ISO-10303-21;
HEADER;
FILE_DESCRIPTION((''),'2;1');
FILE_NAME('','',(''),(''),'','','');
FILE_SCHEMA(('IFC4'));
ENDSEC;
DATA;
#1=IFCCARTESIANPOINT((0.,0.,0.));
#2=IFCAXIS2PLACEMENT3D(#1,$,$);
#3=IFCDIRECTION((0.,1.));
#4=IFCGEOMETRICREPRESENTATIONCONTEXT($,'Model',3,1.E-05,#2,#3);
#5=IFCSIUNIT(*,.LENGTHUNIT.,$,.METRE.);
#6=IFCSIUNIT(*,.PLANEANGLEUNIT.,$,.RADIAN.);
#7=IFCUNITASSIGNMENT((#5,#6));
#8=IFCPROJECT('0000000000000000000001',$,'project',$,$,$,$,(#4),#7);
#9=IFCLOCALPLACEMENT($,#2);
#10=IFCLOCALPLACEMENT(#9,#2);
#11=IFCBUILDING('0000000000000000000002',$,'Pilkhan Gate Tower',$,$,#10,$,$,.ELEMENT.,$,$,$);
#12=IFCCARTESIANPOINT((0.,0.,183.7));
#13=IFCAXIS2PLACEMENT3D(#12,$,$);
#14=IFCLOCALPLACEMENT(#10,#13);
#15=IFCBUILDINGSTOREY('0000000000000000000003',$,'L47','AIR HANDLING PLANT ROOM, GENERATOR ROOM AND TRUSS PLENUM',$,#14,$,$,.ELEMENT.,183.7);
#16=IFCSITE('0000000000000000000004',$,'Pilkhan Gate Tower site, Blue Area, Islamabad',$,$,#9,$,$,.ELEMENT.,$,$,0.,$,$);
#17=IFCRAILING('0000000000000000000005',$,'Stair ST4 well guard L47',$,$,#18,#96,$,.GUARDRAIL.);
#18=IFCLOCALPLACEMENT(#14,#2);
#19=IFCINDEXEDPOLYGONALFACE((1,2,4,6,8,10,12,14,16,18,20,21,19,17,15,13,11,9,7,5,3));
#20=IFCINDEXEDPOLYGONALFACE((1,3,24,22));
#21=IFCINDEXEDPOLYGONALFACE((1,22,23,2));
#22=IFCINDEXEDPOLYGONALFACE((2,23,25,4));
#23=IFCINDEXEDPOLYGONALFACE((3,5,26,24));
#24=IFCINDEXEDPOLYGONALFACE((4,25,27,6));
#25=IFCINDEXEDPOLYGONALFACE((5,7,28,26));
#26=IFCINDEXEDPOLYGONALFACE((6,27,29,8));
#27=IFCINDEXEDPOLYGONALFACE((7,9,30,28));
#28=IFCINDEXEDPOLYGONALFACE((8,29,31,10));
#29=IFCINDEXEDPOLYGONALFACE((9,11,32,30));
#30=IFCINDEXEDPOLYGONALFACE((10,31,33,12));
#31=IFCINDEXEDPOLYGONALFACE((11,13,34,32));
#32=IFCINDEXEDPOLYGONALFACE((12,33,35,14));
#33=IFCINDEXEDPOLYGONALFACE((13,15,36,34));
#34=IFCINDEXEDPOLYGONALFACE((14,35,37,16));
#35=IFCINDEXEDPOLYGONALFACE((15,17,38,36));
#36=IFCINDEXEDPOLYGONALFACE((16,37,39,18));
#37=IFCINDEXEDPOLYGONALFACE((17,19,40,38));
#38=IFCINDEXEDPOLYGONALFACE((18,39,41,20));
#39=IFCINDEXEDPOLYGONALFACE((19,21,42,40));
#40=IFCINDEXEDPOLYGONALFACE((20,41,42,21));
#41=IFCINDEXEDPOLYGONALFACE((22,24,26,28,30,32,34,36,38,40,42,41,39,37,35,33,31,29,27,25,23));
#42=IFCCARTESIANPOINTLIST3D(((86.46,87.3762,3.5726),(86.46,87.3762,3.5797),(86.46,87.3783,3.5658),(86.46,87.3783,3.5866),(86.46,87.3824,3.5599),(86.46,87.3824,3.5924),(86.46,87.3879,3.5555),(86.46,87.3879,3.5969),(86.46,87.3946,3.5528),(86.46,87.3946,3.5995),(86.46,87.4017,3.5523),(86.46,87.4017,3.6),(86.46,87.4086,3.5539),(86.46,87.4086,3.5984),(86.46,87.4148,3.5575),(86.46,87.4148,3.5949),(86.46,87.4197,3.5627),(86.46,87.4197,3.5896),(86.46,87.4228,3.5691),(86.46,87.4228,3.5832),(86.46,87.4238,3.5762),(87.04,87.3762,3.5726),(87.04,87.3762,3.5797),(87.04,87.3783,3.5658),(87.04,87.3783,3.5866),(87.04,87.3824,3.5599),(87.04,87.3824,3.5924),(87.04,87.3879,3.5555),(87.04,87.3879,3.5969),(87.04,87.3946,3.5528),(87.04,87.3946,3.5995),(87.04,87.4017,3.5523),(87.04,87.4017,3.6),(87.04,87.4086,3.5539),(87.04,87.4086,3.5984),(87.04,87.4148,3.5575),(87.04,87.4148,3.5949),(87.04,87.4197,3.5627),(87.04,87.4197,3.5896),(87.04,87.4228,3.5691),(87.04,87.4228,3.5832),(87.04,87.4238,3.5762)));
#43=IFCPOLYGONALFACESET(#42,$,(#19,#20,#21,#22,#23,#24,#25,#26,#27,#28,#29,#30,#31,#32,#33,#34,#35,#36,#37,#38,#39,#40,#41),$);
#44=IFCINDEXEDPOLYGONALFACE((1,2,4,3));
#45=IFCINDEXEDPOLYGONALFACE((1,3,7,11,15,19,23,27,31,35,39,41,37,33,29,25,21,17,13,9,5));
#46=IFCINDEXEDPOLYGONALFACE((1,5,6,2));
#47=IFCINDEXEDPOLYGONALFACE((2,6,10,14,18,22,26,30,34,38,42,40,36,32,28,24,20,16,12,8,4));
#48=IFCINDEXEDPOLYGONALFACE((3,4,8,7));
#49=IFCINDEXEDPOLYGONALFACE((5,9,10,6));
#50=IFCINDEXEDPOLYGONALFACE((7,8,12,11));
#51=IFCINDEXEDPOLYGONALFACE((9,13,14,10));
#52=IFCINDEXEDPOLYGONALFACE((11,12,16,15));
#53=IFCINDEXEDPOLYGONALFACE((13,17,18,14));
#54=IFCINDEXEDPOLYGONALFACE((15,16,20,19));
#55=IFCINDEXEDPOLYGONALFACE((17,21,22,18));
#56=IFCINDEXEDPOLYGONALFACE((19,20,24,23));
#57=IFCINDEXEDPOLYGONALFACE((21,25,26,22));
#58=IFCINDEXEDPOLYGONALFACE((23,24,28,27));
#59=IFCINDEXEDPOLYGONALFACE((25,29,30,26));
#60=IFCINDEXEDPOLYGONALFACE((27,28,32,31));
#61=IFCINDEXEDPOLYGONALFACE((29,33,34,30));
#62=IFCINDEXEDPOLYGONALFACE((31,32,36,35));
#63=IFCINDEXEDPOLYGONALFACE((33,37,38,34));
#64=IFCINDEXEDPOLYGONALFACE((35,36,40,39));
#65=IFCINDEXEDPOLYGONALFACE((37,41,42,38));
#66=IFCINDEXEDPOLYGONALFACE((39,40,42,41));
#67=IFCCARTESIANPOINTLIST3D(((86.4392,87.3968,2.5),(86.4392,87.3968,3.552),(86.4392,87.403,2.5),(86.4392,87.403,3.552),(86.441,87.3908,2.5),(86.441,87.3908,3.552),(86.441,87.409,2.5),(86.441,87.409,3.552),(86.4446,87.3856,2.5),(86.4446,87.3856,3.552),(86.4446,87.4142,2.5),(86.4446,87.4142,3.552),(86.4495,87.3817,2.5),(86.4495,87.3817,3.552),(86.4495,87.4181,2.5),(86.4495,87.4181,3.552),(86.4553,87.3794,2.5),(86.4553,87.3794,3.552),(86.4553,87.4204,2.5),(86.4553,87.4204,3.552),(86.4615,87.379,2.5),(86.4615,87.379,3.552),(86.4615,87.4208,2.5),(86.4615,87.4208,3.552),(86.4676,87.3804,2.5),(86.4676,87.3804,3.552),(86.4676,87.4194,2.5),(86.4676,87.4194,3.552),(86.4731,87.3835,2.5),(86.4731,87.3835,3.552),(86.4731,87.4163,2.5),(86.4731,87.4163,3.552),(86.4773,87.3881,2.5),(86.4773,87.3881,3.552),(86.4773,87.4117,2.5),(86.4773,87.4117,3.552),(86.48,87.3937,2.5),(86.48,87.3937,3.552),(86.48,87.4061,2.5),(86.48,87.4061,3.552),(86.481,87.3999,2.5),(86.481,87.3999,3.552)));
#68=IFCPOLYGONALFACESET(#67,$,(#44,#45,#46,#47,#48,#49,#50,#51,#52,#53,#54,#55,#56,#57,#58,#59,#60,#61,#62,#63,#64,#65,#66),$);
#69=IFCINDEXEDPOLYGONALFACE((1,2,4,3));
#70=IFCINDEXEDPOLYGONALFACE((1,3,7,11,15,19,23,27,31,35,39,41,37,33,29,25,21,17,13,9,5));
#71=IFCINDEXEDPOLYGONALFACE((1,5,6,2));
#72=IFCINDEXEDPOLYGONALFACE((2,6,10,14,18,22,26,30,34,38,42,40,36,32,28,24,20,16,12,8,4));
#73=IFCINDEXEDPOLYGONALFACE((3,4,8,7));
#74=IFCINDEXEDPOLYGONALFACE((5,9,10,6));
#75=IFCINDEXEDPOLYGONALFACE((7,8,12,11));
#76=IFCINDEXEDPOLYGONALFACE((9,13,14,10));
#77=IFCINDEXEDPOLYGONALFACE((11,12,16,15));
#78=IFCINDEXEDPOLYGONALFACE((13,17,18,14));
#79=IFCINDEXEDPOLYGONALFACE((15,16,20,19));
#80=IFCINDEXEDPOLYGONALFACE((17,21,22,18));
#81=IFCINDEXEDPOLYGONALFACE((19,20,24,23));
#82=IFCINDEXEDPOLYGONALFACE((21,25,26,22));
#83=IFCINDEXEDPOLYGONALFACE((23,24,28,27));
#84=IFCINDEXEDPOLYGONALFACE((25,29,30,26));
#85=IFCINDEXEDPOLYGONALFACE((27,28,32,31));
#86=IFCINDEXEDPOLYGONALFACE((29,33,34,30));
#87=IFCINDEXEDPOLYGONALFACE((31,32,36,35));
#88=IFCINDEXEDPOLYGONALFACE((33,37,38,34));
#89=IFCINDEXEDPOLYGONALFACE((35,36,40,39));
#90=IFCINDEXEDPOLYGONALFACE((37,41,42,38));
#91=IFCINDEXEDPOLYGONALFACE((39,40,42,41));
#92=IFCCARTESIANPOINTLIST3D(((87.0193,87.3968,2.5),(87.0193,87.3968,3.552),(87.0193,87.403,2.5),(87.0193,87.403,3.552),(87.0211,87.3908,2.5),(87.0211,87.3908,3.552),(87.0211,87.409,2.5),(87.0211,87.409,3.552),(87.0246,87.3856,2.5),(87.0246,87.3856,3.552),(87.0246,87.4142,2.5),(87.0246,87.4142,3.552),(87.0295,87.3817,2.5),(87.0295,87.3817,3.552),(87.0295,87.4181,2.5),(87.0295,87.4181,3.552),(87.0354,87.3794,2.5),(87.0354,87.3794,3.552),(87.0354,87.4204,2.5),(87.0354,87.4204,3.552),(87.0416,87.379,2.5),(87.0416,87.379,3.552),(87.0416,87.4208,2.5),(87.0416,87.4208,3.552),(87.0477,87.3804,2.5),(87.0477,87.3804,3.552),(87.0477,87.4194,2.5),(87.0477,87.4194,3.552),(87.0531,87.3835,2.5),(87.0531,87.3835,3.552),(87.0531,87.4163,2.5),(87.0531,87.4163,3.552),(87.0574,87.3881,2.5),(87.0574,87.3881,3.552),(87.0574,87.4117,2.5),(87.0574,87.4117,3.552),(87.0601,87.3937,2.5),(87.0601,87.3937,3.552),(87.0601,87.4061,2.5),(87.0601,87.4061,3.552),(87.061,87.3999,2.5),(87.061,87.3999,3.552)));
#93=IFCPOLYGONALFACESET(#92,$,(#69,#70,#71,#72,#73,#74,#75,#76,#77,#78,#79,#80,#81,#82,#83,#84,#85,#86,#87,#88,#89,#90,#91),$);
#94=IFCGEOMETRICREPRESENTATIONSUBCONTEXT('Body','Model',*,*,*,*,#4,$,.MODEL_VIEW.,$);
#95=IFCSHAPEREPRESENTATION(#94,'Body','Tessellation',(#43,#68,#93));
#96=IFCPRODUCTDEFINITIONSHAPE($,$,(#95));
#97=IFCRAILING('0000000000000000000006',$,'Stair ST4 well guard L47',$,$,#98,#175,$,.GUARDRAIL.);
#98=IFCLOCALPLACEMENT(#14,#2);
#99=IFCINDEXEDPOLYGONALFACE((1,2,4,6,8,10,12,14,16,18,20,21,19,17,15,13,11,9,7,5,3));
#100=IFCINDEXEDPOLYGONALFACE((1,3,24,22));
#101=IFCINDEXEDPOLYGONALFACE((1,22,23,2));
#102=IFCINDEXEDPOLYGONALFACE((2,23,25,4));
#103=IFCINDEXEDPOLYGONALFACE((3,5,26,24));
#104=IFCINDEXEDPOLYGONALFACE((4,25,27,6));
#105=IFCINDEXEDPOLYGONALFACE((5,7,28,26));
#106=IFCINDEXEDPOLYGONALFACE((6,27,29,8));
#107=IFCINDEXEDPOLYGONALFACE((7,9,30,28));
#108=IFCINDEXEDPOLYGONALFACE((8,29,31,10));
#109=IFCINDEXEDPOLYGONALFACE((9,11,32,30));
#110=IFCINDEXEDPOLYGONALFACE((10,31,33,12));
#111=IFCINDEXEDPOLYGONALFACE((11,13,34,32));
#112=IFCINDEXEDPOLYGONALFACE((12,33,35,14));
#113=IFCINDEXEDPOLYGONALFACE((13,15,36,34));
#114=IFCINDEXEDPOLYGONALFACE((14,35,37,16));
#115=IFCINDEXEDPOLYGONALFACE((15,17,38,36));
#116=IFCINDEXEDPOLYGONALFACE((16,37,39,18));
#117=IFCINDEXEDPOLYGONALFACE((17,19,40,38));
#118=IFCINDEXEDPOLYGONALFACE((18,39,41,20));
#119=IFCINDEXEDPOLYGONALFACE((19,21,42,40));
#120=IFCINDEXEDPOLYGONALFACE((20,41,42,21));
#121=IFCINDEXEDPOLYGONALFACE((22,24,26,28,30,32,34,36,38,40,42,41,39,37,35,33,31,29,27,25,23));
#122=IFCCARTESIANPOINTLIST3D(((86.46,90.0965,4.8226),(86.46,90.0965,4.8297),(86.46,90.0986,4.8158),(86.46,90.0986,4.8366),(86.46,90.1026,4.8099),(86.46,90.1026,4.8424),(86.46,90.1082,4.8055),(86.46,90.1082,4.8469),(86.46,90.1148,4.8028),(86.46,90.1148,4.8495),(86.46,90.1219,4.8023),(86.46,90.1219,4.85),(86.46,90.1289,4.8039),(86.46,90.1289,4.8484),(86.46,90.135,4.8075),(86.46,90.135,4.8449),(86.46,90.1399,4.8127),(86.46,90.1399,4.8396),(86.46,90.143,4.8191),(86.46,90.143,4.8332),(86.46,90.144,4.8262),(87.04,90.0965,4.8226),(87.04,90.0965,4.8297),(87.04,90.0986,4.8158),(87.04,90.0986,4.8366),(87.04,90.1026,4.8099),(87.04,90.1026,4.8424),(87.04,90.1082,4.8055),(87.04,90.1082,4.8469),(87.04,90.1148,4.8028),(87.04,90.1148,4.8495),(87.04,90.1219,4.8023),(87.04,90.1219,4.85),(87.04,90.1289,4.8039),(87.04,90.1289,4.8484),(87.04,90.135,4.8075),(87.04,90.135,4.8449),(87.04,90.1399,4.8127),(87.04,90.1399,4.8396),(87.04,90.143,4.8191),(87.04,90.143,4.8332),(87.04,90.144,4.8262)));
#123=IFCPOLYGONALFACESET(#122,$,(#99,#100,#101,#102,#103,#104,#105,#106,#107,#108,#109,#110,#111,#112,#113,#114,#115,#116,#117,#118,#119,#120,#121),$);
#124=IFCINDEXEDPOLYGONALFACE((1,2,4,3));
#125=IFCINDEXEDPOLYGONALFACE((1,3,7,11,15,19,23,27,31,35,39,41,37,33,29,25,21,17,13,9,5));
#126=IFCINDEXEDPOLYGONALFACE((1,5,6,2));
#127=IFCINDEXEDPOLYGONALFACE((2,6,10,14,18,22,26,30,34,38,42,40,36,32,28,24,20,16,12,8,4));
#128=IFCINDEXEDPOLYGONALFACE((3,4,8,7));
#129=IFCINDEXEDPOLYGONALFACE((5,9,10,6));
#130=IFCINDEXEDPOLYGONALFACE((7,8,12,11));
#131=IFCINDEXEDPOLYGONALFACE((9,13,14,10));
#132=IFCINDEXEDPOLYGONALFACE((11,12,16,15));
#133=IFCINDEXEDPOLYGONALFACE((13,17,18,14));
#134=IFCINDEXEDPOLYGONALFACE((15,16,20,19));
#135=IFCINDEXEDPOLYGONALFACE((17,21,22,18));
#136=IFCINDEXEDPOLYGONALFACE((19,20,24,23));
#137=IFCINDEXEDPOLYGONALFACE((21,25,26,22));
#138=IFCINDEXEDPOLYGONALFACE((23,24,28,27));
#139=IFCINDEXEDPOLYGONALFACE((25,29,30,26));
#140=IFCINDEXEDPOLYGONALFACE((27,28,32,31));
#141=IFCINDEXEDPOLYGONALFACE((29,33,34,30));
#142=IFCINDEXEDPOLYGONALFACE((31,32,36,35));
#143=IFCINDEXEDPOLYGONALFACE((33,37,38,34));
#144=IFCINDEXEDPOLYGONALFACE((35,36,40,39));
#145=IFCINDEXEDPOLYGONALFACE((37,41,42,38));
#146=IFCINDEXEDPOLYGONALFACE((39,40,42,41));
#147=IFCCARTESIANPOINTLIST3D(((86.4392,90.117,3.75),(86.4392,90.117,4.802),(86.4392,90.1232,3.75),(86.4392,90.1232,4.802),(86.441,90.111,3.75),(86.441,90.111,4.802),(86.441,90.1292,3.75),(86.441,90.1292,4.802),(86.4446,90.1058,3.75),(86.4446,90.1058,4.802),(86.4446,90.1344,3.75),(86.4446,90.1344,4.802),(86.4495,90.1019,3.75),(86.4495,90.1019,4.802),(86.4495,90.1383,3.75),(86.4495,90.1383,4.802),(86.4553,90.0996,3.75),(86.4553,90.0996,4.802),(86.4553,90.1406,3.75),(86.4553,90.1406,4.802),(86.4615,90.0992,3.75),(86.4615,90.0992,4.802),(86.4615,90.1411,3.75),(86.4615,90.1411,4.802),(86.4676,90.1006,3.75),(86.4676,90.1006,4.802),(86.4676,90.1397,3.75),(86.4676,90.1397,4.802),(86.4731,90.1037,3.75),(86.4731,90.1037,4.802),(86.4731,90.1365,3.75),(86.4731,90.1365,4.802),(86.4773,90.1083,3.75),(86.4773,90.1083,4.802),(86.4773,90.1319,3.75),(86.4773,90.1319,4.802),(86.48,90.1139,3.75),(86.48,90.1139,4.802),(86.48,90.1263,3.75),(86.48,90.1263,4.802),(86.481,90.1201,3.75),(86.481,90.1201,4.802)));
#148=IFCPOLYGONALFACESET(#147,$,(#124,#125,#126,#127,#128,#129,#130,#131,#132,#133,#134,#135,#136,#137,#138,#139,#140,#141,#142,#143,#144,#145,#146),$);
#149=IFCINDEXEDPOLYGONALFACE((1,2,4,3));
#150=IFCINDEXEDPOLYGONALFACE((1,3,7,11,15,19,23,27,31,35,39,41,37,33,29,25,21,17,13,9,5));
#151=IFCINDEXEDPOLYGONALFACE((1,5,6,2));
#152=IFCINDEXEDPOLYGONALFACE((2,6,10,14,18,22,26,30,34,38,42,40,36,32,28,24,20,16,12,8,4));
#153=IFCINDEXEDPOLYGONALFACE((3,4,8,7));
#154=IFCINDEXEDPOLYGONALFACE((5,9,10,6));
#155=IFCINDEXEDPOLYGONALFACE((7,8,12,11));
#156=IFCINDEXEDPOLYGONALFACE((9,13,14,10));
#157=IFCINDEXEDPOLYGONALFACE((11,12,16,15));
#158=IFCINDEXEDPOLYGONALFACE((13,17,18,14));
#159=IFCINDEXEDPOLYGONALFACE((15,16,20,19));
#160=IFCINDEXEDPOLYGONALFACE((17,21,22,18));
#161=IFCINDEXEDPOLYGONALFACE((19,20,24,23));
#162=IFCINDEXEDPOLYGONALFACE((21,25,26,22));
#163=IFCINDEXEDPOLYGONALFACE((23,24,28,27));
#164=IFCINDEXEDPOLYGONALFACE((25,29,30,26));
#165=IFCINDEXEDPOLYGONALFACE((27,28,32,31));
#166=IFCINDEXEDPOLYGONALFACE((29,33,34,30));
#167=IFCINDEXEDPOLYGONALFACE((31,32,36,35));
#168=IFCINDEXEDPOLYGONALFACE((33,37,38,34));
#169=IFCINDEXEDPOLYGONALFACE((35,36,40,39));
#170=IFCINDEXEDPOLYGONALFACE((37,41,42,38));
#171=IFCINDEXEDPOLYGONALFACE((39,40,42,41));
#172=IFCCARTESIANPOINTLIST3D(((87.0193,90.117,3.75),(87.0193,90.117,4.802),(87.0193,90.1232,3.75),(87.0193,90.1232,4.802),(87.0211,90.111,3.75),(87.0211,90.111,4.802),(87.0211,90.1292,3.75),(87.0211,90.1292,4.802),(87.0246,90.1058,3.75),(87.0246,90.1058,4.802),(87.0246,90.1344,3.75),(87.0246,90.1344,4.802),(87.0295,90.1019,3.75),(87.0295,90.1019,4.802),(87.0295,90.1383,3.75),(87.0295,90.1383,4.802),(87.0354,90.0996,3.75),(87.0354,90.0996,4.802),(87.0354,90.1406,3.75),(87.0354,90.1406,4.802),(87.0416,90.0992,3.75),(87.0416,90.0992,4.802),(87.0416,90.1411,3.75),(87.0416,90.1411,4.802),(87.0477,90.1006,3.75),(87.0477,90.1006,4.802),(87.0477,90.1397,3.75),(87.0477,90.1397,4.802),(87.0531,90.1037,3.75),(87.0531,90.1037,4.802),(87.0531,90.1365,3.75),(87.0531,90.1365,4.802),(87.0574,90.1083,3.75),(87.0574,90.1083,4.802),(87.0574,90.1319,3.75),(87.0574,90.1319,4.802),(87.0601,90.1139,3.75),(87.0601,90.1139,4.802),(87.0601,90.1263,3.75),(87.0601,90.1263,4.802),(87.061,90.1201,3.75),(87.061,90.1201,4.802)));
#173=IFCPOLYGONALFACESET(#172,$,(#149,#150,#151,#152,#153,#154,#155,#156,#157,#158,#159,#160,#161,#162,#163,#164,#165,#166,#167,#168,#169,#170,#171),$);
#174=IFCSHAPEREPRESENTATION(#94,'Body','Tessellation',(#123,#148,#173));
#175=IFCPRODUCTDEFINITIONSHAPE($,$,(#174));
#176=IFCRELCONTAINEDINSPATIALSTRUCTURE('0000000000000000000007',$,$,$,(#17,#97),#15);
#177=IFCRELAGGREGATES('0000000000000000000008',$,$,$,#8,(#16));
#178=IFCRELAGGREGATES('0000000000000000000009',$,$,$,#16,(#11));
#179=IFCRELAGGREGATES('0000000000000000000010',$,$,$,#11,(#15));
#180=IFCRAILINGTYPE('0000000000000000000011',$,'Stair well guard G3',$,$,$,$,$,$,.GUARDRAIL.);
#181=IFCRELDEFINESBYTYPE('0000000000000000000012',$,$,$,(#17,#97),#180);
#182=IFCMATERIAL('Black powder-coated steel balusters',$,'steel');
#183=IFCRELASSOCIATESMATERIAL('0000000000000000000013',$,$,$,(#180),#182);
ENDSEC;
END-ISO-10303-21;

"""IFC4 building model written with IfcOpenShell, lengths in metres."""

from ifc_helpers import new_model, si_unit, direction, frame, origin, origin_2d, place, context, subcontext, project, spatial, circle, extrude, material, type_object, element, save


model = new_model("IFC4")

# Units and contexts
model_context = context("Model", 3, precision=1e-05, world=origin(), true_north=direction((0.0, 1.0)))
body_context = subcontext(model_context, "Body", "Model", "MODEL_VIEW")
ifc_project = project(units=[si_unit("LENGTHUNIT", "METRE"), si_unit("PLANEANGLEUNIT", "RADIAN")], contexts=[model_context])

# Site, building, storey
site_placement = place(None, origin())
site = spatial("IfcSite", under=ifc_project, at=site_placement, Name="Pilkhan Gate Tower site, Blue Area, Islamabad", CompositionType="ELEMENT", RefElevation=0.0)
building_placement = place(site_placement, origin())
building = spatial("IfcBuilding", under=site, at=building_placement, Name="Pilkhan Gate Tower", CompositionType="ELEMENT")
storey_placement = place(building_placement, frame((0.0, 0.0, 183.7)))
storey = spatial("IfcBuildingStorey", under=building, at=storey_placement, Name="L47", Description="AIR HANDLING PLANT ROOM, GENERATOR ROOM AND TRUSS PLENUM", CompositionType="ELEMENT", Elevation=183.7)

# Railings
ifc_material_1 = material(Name="Black powder-coated steel balusters", Category="steel")
railing_type_1 = type_object("IfcRailingType", Name="Stair well guard G3", PredefinedType="GUARDRAIL", material=ifc_material_1)
for number, where, name in (
    (1, (86.46, 87.3999, 2.5), "Stair ST4 well guard L47"),
    (2, (86.46, 90.1201, 3.75), "Stair ST4 well guard L47"),
):
    element("IfcRailing", number, at=place(storey_placement, frame(where)), inside=storey, type_object=railing_type_1, Name=name, PredefinedType="GUARDRAIL", context=body_context, shape_type="SweptSolid", body=[
        extrude(circle(Radius=0.0239, at=origin_2d()), frame((0.0, 0.0, 1.0762), z_axis=(1.0, 0.0, 0.0), x_axis=(0.0, 1.0, 0.0)), (0.0, 0.0, 1.0), 0.5801),
        extrude(circle(Radius=0.021, at=origin_2d()), origin(), (0.0, 0.0, 1.0), 1.052),
        extrude(circle(Radius=0.021, at=origin_2d()), frame((0.5801, 0.0, 0.0)), (0.0, 0.0, 1.0), 1.052),
    ])

save(model, "model.ifc")
